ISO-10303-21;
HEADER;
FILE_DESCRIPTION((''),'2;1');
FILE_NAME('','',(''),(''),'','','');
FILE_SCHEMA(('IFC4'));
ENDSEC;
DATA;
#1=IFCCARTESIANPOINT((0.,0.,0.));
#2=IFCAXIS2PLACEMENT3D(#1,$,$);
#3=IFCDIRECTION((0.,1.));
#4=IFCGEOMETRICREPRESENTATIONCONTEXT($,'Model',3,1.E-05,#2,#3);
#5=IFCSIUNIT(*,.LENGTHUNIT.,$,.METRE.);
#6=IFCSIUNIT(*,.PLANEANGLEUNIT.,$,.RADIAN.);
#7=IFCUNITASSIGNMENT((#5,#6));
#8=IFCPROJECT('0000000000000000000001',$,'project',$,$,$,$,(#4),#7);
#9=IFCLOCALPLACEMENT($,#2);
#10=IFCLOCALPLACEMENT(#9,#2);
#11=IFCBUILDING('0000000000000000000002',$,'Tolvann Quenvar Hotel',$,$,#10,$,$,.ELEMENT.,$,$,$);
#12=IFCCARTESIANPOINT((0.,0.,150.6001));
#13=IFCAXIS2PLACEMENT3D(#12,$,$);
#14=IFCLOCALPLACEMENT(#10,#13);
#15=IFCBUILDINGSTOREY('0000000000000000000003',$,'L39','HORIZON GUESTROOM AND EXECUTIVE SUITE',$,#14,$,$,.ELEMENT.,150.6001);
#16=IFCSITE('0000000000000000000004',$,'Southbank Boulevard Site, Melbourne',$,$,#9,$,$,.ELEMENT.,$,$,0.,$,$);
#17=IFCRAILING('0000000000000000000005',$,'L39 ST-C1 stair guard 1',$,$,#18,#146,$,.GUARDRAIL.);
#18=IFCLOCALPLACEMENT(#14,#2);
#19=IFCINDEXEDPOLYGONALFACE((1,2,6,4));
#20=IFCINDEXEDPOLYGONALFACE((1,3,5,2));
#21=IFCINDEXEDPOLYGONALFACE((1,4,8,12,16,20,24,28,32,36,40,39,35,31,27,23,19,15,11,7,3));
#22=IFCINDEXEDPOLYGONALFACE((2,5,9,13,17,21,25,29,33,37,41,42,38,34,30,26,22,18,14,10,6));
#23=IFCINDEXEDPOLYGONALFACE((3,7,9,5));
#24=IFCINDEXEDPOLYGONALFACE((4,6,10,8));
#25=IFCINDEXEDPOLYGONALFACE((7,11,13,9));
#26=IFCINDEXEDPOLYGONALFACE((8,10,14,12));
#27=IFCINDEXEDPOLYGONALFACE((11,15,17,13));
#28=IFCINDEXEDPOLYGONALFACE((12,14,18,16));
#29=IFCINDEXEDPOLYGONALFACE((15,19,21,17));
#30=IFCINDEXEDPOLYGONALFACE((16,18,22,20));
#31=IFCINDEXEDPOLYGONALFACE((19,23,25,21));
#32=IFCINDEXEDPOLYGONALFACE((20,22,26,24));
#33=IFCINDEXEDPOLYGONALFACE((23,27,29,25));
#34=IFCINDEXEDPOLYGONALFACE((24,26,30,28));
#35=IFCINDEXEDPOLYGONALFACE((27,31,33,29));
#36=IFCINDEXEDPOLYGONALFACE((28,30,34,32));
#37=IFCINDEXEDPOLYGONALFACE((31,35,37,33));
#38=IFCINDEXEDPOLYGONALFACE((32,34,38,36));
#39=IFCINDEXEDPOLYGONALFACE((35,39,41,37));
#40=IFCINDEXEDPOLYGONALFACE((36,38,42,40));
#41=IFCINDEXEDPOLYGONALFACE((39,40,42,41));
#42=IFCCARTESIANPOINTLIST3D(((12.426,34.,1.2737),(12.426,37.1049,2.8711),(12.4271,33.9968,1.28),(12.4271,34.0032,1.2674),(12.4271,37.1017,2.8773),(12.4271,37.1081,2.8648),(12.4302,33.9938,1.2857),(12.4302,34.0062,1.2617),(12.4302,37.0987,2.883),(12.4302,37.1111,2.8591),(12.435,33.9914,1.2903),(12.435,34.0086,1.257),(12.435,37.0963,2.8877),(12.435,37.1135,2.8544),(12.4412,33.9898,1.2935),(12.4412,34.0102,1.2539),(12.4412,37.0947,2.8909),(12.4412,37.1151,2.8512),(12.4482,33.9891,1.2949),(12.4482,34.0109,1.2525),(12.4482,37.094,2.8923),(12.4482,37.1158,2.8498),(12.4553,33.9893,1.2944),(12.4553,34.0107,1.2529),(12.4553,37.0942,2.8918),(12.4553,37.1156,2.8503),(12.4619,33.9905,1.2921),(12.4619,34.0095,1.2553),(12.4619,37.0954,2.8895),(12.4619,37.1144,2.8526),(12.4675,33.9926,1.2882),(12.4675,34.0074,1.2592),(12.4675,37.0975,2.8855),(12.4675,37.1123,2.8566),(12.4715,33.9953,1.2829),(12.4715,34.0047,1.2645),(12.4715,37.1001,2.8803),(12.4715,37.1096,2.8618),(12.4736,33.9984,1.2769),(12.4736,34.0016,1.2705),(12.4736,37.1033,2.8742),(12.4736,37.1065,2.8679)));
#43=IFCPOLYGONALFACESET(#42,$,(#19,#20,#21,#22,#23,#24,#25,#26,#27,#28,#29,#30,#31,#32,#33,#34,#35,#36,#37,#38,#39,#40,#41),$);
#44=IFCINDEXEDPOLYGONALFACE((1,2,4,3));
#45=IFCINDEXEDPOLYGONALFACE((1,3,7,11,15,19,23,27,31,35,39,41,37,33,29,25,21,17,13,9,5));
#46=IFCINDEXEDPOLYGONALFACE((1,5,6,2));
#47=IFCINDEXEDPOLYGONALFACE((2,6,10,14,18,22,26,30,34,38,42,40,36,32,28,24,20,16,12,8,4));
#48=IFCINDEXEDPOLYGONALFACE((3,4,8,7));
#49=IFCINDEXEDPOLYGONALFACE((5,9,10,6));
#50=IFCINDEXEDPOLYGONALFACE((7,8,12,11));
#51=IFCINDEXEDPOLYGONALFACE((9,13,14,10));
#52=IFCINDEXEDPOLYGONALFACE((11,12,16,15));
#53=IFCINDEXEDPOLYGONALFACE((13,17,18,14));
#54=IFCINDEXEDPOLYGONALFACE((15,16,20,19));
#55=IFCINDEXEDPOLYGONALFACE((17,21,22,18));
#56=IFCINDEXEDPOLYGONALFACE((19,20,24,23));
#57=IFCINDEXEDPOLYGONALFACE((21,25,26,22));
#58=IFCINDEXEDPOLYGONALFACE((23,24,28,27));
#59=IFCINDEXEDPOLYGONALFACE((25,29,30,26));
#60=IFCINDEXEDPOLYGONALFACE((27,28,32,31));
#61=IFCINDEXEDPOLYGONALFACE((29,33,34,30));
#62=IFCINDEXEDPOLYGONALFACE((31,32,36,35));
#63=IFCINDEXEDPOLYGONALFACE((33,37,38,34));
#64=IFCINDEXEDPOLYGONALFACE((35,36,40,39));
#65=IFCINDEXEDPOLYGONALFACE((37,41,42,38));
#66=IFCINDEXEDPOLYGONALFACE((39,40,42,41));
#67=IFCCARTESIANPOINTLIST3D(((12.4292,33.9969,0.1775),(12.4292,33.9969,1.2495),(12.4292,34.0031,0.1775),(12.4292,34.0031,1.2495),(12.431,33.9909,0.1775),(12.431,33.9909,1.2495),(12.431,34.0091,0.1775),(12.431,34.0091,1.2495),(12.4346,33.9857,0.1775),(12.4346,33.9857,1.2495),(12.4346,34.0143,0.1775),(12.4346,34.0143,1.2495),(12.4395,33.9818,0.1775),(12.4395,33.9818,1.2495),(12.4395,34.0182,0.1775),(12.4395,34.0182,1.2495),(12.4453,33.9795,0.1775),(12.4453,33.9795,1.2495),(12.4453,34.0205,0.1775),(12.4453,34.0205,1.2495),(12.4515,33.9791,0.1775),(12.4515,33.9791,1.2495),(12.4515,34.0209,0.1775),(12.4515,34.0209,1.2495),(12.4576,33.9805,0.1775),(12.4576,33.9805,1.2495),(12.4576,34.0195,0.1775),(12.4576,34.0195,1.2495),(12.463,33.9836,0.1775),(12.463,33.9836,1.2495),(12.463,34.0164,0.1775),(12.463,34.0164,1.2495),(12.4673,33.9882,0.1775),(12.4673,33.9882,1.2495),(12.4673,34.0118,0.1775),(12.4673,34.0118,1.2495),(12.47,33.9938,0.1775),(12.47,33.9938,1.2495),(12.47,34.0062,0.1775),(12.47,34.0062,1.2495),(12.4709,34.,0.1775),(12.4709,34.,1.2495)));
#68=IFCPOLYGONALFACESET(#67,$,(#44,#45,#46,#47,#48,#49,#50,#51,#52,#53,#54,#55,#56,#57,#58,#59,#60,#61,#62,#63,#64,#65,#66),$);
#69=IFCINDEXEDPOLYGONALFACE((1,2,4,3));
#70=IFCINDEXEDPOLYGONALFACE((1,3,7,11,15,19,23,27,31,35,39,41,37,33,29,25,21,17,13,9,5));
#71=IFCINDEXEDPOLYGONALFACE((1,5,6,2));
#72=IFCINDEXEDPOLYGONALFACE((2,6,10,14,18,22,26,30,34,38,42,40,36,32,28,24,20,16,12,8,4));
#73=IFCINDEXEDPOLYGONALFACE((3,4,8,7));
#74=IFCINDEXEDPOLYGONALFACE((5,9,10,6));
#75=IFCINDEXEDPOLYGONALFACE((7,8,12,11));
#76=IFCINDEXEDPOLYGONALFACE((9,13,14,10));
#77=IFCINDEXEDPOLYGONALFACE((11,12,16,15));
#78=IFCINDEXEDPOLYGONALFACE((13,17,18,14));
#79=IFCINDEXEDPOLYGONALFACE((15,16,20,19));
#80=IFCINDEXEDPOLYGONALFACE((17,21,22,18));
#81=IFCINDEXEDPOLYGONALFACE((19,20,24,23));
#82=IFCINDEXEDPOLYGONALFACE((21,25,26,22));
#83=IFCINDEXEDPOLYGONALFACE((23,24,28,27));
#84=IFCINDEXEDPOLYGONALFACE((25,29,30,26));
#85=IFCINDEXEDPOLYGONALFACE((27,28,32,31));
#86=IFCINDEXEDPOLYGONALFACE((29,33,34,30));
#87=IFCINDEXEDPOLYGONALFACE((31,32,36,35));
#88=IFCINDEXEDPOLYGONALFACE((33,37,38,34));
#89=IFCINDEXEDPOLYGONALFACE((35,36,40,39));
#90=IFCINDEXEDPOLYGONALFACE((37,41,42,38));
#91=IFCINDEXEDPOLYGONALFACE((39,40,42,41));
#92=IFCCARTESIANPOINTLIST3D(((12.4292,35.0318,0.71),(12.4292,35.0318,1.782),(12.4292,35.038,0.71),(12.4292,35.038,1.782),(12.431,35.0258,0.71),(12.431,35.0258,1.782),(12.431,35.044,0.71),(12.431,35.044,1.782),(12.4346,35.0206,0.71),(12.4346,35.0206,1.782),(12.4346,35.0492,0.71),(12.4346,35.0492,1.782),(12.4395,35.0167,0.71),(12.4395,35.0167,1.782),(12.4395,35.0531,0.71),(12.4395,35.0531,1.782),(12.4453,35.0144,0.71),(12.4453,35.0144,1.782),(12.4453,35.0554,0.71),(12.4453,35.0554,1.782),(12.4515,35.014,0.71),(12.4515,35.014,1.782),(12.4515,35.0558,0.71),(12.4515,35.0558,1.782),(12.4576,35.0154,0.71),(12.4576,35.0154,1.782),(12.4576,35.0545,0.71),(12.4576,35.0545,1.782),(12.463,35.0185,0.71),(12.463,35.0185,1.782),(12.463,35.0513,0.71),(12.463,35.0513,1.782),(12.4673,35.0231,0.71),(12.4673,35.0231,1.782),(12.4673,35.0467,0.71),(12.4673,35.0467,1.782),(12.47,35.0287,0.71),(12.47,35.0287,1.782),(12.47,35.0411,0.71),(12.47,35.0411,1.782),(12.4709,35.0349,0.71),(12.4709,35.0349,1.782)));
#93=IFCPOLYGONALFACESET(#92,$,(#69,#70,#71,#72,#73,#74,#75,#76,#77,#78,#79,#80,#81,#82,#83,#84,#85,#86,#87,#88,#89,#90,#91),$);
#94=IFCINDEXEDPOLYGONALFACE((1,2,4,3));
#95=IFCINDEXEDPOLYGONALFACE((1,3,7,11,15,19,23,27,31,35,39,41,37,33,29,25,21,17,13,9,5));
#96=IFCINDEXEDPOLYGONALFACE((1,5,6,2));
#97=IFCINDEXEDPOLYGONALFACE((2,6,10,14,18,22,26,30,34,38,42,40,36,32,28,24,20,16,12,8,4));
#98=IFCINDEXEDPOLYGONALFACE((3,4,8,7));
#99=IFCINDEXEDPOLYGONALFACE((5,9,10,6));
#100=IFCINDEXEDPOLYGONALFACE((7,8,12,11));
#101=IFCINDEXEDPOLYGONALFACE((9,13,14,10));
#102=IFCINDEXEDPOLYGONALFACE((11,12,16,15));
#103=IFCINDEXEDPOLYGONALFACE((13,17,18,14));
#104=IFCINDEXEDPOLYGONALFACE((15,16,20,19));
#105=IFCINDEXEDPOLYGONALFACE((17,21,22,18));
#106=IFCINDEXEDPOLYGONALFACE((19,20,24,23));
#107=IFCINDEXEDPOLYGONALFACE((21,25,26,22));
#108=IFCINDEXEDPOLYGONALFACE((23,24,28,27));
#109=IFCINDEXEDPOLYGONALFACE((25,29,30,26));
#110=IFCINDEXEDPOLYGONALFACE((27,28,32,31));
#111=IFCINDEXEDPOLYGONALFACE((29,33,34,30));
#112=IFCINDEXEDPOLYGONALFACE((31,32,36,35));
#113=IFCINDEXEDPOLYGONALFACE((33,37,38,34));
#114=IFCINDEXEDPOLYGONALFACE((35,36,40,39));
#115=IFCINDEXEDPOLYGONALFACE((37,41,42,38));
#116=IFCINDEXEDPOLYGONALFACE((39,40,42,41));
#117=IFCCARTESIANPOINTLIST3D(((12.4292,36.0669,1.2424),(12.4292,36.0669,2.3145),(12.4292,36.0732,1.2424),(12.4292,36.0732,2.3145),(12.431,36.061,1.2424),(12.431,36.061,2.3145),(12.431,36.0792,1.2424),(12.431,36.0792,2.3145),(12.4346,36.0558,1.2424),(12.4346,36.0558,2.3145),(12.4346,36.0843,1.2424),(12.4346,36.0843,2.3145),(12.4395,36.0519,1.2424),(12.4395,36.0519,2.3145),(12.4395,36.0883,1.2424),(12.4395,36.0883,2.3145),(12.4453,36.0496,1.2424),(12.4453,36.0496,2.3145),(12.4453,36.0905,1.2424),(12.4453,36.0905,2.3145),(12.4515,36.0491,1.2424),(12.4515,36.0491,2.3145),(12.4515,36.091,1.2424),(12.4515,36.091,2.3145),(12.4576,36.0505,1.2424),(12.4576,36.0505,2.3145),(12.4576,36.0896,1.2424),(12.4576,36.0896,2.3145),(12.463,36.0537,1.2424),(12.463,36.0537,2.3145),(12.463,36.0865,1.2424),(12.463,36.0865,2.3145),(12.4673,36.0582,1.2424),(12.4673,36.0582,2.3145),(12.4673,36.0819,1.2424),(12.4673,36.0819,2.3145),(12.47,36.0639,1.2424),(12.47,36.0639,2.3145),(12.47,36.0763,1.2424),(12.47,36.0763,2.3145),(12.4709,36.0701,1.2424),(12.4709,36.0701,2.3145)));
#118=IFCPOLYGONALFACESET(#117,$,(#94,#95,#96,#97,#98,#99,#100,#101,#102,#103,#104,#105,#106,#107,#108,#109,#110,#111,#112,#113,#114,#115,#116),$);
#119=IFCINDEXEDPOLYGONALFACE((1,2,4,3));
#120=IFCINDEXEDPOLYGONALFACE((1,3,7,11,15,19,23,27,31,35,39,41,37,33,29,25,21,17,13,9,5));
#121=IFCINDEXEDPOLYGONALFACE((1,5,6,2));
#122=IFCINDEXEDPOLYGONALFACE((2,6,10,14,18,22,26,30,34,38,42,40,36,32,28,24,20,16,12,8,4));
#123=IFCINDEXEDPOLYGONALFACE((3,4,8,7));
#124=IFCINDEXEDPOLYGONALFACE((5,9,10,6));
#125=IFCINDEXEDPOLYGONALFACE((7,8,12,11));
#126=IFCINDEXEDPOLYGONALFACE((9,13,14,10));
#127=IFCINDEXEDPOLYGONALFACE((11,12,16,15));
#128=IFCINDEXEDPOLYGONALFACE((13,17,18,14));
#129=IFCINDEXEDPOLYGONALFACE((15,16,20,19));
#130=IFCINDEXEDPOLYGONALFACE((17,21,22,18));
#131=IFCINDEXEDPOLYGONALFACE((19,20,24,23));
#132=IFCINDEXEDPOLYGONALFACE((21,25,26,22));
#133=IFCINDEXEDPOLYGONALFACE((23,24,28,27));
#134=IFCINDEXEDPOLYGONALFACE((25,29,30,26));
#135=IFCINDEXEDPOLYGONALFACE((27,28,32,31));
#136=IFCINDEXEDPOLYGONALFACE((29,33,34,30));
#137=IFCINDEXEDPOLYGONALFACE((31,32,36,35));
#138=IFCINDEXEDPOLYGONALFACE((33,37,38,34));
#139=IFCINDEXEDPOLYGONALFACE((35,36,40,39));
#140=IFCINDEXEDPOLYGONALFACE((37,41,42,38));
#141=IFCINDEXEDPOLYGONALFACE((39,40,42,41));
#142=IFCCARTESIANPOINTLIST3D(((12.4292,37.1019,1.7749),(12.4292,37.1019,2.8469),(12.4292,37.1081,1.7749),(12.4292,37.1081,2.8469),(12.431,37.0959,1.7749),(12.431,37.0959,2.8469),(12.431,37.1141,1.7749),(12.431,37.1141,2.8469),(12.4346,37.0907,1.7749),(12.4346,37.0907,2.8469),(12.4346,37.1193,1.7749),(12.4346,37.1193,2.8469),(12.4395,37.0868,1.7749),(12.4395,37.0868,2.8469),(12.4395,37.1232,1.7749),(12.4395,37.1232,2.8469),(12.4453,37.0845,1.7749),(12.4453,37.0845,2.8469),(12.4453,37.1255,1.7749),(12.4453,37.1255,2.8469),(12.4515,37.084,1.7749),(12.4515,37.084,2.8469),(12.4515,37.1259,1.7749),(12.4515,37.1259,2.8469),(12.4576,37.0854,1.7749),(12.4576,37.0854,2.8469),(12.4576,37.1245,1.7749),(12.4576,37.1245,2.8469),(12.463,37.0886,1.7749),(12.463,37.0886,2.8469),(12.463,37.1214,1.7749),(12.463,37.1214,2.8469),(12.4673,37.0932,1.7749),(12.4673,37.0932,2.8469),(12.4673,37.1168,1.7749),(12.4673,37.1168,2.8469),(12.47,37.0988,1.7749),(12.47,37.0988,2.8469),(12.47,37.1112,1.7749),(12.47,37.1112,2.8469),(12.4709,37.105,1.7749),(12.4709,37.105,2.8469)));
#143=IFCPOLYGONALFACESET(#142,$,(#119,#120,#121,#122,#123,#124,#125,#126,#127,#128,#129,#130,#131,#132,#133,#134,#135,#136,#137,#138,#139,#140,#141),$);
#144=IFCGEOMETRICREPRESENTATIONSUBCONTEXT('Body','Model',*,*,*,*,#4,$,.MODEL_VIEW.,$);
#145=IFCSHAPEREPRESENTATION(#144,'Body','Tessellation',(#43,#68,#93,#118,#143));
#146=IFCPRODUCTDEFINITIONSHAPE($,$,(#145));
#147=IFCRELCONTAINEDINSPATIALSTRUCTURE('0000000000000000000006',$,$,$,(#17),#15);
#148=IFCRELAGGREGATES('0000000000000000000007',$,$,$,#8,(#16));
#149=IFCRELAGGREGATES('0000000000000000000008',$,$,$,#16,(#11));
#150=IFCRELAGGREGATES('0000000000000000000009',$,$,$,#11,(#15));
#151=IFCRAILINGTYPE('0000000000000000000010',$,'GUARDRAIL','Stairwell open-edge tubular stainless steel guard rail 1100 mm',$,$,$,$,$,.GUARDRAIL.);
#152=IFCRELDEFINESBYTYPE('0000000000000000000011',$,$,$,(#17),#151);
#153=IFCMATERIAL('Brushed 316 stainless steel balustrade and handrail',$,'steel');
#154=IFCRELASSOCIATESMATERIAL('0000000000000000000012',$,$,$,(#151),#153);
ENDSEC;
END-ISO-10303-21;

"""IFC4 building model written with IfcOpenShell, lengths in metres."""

from ifc_helpers import new_model, si_unit, direction, frame, origin, origin_2d, place, context, subcontext, project, spatial, circle, extrude, material, type_object, element, save


model = new_model("IFC4")

# Units and contexts
model_context = context("Model", 3, precision=1e-05, world=origin(), true_north=direction((0.0, 1.0)))
body_context = subcontext(model_context, "Body", "Model", "MODEL_VIEW")
ifc_project = project(units=[si_unit("LENGTHUNIT", "METRE"), si_unit("PLANEANGLEUNIT", "RADIAN")], contexts=[model_context])

# Site, building, storey
site_placement = place(None, origin())
site = spatial("IfcSite", under=ifc_project, at=site_placement, Name="Southbank Boulevard Site, Melbourne", CompositionType="ELEMENT", RefElevation=0.0)
building_placement = place(site_placement, origin())
building = spatial("IfcBuilding", under=site, at=building_placement, Name="Tolvann Quenvar Hotel", CompositionType="ELEMENT")
storey_placement = place(building_placement, frame((0.0, 0.0, 150.6001)))
storey = spatial("IfcBuildingStorey", under=building, at=storey_placement, Name="L39", Description="HORIZON GUESTROOM AND EXECUTIVE SUITE", CompositionType="ELEMENT", Elevation=150.6001)

# Railing
ifc_material_1 = material(Name="Brushed 316 stainless steel balustrade and handrail", Category="steel")
railing_type_1 = type_object("IfcRailingType", Name="GUARDRAIL", Description="Stairwell open-edge tubular stainless steel guard rail 1100 mm", PredefinedType="GUARDRAIL", material=ifc_material_1)
railing_1_placement = place(storey_placement, frame((12.45, 34.0, 0.1775)))
element("IfcRailing", 1, at=railing_1_placement, inside=storey, type_object=railing_type_1, Name="L39 ST-C1 stair guard 1", PredefinedType="GUARDRAIL", context=body_context, shape_type="SweptSolid", body=[
    extrude(circle(Radius=0.0239, at=origin_2d()), frame((0.0, 0.0, 1.0962), z_axis=(0.0, 0.889222, 0.457476), x_axis=(-1.0, 0.0, 0.0)), (0.0, 0.0, 1.0), 3.4917),
    extrude(circle(Radius=0.021, at=origin_2d()), origin(), (0.0, 0.0, 1.0), 1.072),
    extrude(circle(Radius=0.021, at=origin_2d()), frame((0.0, 1.0349, 0.5325)), (0.0, 0.0, 1.0), 1.072),
    extrude(circle(Radius=0.021, at=origin_2d()), frame((0.0, 2.0701, 1.0649)), (0.0, 0.0, 1.0), 1.072),
    extrude(circle(Radius=0.021, at=origin_2d()), frame((0.0, 3.105, 1.5974)), (0.0, 0.0, 1.0), 1.072),
])

save(model, "model.ifc")
